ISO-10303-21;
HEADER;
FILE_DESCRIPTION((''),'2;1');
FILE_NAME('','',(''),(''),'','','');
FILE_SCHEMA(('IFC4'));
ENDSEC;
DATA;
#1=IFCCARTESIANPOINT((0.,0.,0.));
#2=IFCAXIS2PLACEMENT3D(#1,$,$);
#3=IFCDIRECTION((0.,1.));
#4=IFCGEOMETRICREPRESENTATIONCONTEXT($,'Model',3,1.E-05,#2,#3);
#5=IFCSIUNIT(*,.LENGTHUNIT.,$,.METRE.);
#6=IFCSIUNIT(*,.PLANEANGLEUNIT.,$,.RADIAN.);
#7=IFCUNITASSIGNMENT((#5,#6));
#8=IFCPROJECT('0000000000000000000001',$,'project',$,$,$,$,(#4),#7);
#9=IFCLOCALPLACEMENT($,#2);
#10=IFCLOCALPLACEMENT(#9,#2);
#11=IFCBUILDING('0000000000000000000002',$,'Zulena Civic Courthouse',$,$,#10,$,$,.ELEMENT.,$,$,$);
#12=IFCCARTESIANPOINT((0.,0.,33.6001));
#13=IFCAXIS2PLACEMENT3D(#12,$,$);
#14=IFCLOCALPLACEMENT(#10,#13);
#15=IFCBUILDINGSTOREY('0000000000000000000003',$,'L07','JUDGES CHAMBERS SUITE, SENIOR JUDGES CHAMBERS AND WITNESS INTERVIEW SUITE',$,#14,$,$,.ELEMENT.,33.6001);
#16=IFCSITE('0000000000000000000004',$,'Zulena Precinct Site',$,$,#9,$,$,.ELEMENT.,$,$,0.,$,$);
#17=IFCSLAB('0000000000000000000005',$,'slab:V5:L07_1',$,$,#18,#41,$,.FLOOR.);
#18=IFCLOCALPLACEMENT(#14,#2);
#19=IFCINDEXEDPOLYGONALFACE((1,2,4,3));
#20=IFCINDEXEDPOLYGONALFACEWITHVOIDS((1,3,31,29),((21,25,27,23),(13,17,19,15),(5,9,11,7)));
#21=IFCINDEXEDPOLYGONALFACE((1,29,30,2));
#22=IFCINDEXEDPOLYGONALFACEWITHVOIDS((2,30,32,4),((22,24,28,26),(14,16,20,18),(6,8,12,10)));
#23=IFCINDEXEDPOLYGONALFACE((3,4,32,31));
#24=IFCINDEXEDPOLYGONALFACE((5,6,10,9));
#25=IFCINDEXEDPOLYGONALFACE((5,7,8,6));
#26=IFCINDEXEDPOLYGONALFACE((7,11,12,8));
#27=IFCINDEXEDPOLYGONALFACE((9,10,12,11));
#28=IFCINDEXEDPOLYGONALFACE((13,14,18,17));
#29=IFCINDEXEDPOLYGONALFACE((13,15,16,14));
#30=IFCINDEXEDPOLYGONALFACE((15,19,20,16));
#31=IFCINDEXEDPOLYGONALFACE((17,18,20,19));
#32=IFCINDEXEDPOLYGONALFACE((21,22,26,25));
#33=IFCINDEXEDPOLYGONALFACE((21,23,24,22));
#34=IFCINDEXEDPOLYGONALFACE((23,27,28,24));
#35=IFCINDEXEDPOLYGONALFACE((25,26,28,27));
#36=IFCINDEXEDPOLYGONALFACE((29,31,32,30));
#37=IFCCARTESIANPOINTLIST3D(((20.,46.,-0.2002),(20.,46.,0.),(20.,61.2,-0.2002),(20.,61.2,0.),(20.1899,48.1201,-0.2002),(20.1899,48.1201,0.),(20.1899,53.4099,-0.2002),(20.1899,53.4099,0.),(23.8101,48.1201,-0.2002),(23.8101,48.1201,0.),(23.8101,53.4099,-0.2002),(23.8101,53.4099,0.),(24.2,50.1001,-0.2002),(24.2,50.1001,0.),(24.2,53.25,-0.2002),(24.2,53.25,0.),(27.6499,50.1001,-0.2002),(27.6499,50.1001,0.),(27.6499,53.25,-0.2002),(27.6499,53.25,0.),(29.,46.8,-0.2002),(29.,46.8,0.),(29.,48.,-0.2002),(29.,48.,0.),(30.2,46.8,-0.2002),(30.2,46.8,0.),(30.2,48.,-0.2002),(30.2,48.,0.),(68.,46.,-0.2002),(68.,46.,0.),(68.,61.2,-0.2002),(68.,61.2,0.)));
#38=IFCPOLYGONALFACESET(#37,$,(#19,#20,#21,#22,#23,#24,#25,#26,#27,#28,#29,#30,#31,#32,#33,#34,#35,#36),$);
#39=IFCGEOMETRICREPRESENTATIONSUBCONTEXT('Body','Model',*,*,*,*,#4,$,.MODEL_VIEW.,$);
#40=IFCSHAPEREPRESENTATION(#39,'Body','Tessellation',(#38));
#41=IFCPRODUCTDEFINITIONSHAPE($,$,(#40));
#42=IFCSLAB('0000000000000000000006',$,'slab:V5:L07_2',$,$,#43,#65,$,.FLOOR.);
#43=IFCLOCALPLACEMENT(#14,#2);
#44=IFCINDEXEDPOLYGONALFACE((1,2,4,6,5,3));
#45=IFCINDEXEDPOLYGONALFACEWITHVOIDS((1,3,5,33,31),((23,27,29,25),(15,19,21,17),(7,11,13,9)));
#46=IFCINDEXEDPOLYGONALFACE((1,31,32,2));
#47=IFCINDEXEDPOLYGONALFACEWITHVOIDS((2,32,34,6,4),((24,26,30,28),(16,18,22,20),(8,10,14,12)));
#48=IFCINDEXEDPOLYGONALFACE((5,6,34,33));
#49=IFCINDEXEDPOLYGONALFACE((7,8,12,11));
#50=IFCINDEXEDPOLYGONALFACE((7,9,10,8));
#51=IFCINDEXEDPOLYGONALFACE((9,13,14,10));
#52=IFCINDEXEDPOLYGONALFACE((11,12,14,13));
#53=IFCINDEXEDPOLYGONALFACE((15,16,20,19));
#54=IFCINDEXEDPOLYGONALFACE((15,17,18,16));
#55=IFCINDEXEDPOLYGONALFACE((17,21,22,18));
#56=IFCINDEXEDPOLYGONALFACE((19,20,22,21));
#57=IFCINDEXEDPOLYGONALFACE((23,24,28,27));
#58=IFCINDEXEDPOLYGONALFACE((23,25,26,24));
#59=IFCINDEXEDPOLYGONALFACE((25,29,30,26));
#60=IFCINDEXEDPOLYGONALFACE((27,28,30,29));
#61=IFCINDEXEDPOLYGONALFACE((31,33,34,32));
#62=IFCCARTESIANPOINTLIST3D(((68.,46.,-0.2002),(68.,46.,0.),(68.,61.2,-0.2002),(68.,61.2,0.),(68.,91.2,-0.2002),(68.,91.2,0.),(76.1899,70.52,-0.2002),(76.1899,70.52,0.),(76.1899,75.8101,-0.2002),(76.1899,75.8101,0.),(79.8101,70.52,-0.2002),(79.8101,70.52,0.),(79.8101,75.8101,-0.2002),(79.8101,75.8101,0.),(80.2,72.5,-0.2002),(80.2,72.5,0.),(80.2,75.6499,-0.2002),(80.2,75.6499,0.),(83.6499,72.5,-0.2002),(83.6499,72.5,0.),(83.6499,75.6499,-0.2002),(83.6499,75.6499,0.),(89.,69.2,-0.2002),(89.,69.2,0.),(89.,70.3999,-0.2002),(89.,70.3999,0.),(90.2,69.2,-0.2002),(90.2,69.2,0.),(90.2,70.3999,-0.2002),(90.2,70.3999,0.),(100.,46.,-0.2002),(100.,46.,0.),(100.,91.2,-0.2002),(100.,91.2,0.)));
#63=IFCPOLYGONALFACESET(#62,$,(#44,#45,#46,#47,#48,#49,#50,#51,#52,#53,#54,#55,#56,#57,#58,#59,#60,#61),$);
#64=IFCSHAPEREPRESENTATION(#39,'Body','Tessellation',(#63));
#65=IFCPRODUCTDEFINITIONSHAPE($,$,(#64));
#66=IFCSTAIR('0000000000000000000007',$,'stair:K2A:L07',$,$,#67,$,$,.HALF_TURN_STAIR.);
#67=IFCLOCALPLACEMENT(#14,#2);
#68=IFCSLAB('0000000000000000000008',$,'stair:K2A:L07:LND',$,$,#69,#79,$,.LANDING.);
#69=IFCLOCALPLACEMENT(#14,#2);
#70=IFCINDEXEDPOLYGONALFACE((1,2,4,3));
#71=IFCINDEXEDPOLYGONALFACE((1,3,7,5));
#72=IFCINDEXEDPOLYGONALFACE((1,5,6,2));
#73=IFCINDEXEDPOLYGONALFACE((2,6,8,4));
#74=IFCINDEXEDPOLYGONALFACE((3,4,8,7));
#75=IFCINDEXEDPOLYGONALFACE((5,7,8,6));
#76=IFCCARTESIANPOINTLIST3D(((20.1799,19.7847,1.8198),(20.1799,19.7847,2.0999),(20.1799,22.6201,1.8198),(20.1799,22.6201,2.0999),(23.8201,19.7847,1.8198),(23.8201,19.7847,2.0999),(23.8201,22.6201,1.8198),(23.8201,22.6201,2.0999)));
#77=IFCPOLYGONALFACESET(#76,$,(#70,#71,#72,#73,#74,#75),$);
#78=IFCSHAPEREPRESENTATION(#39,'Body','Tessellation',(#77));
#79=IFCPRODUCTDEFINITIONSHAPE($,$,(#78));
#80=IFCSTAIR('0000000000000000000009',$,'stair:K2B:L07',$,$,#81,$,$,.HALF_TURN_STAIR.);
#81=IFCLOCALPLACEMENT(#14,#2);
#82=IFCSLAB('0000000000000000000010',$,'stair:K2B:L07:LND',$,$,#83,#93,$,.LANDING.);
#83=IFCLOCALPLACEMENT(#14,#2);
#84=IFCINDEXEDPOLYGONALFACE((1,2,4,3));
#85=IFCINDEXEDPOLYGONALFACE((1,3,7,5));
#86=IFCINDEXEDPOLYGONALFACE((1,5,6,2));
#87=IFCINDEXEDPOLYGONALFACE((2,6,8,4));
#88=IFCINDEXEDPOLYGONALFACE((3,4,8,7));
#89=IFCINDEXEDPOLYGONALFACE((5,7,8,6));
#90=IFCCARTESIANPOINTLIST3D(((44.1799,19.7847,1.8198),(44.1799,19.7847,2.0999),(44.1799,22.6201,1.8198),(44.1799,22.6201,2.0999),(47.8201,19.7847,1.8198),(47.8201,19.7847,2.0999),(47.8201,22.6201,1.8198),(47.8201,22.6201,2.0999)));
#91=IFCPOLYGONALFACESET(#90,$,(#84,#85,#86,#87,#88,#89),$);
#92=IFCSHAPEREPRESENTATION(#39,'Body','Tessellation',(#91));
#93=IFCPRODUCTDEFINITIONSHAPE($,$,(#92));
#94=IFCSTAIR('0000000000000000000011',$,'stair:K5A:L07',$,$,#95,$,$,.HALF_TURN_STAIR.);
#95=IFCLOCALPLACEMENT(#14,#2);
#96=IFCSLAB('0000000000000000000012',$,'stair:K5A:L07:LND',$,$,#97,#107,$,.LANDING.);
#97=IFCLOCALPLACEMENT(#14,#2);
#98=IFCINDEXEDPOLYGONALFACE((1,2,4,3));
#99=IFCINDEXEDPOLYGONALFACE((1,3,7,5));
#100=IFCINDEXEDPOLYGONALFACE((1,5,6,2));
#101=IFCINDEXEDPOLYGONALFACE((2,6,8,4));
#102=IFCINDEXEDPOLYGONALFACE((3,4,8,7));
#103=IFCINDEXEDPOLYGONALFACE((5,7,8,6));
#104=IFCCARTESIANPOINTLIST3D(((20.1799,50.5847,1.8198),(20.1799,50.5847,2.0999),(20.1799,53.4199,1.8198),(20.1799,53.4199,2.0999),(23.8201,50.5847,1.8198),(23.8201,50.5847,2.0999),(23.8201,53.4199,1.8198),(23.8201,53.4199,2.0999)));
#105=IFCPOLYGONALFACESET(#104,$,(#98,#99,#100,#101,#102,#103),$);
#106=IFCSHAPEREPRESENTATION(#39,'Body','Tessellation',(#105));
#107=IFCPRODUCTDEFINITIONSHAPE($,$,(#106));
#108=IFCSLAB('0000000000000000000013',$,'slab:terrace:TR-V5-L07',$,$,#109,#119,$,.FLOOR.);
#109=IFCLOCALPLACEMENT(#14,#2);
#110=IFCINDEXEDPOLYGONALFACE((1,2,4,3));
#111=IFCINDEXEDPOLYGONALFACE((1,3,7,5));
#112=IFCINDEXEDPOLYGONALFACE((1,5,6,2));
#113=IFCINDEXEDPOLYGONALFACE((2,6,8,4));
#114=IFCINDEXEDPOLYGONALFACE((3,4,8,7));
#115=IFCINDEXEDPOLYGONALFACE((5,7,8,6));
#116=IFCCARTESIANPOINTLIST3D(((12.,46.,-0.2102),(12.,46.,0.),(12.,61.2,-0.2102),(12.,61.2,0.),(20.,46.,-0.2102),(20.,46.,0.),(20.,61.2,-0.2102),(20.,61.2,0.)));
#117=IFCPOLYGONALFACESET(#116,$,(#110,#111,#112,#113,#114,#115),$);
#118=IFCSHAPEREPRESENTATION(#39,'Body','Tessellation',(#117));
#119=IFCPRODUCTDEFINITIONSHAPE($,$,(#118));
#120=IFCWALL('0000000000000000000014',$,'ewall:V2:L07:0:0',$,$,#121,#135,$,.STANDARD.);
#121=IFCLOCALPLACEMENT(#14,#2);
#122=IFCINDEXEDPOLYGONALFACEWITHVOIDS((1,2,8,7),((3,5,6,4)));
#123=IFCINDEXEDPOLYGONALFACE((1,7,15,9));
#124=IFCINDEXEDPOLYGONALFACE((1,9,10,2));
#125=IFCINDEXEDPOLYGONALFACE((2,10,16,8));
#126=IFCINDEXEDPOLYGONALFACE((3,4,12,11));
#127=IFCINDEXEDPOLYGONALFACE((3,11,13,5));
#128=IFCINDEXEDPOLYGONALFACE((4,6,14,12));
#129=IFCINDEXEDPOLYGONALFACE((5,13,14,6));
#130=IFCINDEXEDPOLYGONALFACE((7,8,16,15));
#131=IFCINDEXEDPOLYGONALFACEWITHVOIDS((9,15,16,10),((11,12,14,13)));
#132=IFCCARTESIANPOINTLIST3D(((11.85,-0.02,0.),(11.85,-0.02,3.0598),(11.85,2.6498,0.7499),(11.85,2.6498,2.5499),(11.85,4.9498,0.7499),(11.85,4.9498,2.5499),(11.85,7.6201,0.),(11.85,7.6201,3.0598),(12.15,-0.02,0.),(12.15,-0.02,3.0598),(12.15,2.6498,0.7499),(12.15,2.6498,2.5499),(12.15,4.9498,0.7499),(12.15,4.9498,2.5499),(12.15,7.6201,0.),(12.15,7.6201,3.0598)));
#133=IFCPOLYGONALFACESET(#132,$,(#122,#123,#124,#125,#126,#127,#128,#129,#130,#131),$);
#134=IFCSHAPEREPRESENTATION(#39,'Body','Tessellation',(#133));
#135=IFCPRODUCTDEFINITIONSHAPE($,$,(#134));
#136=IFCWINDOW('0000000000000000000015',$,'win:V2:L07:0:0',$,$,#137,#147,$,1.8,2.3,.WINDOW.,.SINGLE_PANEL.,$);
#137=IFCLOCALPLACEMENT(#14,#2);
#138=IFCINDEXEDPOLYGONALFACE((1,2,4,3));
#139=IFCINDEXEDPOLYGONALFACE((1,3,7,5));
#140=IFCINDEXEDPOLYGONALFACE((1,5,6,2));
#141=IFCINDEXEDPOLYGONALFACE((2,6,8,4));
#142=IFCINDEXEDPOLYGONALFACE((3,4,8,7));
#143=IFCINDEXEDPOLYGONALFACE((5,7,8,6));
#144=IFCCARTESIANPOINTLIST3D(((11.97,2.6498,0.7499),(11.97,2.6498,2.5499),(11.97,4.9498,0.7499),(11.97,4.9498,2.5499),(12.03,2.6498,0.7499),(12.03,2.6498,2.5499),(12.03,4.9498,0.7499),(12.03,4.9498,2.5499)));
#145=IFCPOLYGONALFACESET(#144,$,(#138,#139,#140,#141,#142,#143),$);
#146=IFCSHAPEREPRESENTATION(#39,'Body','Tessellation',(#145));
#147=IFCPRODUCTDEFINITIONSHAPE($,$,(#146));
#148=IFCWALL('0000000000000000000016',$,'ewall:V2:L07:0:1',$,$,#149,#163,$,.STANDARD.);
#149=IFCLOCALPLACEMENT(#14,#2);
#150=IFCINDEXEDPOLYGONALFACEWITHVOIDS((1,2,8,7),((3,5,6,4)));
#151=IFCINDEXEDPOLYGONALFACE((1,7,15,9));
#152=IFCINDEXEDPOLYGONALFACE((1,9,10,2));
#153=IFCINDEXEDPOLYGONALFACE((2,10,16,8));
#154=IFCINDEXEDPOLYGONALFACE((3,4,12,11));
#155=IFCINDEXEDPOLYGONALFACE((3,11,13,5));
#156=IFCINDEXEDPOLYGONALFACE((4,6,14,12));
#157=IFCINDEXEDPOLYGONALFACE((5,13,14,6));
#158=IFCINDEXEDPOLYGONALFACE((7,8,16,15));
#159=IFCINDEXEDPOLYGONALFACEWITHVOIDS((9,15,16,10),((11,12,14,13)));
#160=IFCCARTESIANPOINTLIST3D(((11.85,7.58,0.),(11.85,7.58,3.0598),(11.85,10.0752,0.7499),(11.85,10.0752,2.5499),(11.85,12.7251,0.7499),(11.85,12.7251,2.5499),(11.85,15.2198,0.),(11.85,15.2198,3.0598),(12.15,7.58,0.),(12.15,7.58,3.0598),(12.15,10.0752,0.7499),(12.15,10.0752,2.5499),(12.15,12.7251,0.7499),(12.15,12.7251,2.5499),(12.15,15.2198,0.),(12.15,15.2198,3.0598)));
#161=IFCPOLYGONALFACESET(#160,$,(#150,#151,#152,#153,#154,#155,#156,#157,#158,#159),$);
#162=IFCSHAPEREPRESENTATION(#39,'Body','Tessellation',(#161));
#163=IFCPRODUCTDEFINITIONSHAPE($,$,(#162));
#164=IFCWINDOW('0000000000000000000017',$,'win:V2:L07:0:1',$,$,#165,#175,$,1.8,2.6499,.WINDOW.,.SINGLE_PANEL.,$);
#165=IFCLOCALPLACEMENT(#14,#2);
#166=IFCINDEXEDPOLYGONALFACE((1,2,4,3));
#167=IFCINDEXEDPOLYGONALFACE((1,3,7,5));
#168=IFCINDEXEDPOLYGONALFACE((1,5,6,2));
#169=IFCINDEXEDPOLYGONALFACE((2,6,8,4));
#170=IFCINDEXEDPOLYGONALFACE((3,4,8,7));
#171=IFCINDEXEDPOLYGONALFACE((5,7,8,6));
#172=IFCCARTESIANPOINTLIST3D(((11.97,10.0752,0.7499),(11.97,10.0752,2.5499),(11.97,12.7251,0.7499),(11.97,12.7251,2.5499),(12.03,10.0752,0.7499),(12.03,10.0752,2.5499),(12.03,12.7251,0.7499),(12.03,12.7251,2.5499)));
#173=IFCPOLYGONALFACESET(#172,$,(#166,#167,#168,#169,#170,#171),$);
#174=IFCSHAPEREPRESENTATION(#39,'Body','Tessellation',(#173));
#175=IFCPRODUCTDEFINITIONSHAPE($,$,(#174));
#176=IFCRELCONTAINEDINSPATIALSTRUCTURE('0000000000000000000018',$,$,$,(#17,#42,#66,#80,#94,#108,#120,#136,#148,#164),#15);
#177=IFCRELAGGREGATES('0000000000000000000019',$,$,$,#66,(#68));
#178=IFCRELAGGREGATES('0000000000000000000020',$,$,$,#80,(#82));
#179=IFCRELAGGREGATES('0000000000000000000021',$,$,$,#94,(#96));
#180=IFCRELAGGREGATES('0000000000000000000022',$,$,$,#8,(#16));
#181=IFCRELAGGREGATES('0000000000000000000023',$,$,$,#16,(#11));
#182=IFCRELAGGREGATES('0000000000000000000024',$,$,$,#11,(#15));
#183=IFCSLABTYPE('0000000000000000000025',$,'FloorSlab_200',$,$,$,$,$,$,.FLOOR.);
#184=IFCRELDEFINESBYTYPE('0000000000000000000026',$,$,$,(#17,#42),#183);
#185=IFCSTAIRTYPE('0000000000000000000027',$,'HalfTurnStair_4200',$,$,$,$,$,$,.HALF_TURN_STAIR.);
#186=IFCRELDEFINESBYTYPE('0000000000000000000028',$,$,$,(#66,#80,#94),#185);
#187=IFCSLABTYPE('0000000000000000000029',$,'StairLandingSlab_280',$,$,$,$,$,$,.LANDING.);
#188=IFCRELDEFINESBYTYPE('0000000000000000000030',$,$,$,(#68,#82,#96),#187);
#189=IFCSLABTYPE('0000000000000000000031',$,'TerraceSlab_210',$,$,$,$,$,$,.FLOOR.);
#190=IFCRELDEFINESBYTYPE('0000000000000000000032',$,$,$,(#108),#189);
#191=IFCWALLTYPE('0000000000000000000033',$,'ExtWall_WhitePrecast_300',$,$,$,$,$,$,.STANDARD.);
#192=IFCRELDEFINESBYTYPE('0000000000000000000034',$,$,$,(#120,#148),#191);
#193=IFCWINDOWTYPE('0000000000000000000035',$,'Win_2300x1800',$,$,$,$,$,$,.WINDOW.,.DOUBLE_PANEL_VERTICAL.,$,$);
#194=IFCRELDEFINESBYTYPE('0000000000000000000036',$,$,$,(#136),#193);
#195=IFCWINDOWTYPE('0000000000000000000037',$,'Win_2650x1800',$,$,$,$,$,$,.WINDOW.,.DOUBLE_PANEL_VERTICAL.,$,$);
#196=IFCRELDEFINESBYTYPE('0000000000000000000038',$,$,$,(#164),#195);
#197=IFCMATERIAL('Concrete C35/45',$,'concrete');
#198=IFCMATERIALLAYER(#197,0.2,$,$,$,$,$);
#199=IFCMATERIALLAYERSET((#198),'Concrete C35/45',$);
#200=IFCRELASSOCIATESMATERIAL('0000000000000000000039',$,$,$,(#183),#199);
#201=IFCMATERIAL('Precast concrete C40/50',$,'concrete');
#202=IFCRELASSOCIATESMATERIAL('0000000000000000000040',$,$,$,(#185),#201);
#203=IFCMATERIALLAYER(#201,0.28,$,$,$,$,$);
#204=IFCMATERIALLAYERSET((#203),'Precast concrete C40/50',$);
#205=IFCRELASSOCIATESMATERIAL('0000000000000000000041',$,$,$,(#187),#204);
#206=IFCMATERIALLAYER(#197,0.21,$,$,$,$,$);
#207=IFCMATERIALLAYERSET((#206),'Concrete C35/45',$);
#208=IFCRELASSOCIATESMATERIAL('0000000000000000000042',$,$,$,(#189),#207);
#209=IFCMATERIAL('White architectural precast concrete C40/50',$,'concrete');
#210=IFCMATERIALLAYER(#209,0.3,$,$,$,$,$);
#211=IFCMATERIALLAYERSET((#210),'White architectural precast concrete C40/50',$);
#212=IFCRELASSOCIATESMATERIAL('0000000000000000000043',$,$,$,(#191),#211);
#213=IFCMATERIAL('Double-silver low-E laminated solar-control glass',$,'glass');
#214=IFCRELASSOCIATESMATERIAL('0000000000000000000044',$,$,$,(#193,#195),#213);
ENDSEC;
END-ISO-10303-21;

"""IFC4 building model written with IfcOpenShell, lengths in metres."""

from ifc_helpers import new_model, si_unit, direction, frame, frame_2d, origin, place, context, subcontext, project, spatial, polyline, rectangle, outline, extrude, material, layer, layer_set, type_object, element, fill, aggregate, save


model = new_model("IFC4")

# Units and contexts
model_context = context("Model", 3, precision=1e-05, world=origin(), true_north=direction((0.0, 1.0)))
body_context = subcontext(model_context, "Body", "Model", "MODEL_VIEW")
ifc_project = project(units=[si_unit("LENGTHUNIT", "METRE"), si_unit("PLANEANGLEUNIT", "RADIAN")], contexts=[model_context])

# Site, building, storey
site_placement = place(None, origin())
site = spatial("IfcSite", under=ifc_project, at=site_placement, Name="Zulena Precinct Site", CompositionType="ELEMENT", RefElevation=0.0)
building_placement = place(site_placement, origin())
building = spatial("IfcBuilding", under=site, at=building_placement, Name="Zulena Civic Courthouse", CompositionType="ELEMENT")
storey_placement = place(building_placement, frame((0.0, 0.0, 33.6001)))
storey = spatial("IfcBuildingStorey", under=building, at=storey_placement, Name="L07", Description="JUDGES CHAMBERS SUITE, SENIOR JUDGES CHAMBERS AND WITNESS INTERVIEW SUITE", CompositionType="ELEMENT", Elevation=33.6001)

# Slabs
ifc_material_1 = material(Name="Concrete C35/45", Category="concrete")
ifc_layer_1 = layer(ifc_material_1, 0.2)
ifc_layer_set_1 = layer_set([ifc_layer_1], Name="Concrete C35/45")
slab_type_1 = type_object("IfcSlabType", Name="FloorSlab_200", PredefinedType="FLOOR", material=ifc_layer_set_1)
slab_1_placement = place(storey_placement, frame((0.0, 0.0, -0.2002)))
element("IfcSlab", 1, at=slab_1_placement, inside=storey, type_object=slab_type_1, Name="slab:V5:L07_1", PredefinedType="FLOOR", context=body_context, shape_type="SweptSolid", body=[
    extrude(outline(polyline([(20.0, 61.2), (68.0, 61.2), (68.0, 46.0), (20.0, 46.0), (20.0, 61.2)]), holes=[polyline([(20.1899, 53.4099), (20.1899, 48.1201), (23.8101, 48.1201), (23.8101, 53.4099), (20.1899, 53.4099)]), polyline([(27.6499, 53.25), (24.2, 53.25), (24.2, 50.1001), (27.6499, 50.1001), (27.6499, 53.25)]), polyline([(29.0, 48.0), (29.0, 46.8), (30.2, 46.8), (30.2, 48.0), (29.0, 48.0)])]), origin(), (0.0, 0.0, 1.0), 0.2002),
])
slab_2_placement = place(storey_placement, frame((0.0, 0.0, -0.2002)))
element("IfcSlab", 2, at=slab_2_placement, inside=storey, type_object=slab_type_1, Name="slab:V5:L07_2", PredefinedType="FLOOR", context=body_context, shape_type="SweptSolid", body=[
    extrude(outline(polyline([(68.0, 91.2), (100.0, 91.2), (100.0, 46.0), (68.0, 46.0), (68.0, 61.2), (68.0, 91.2)]), holes=[polyline([(79.8101, 70.52), (79.8101, 75.8101), (76.1899, 75.8101), (76.1899, 70.52), (79.8101, 70.52)]), polyline([(80.2, 72.5), (83.6499, 72.5), (83.6499, 75.6499), (80.2, 75.6499), (80.2, 72.5)]), polyline([(90.2, 70.3999), (89.0, 70.3999), (89.0, 69.2), (90.2, 69.2), (90.2, 70.3999)])]), origin(), (0.0, 0.0, 1.0), 0.2002),
])

# Stairs, slabs
ifc_material_2 = material(Name="Precast concrete C40/50", Category="concrete")
stair_type = type_object("IfcStairType", Name="HalfTurnStair_4200", PredefinedType="HALF_TURN_STAIR", material=ifc_material_2)
stair_1_placement = place(storey_placement, origin())
stair_1 = element("IfcStair", 3, at=stair_1_placement, inside=storey, type_object=stair_type, Name="stair:K2A:L07", PredefinedType="HALF_TURN_STAIR")
ifc_layer_2 = layer(ifc_material_2, 0.28)
ifc_layer_set_2 = layer_set([ifc_layer_2], Name="Precast concrete C40/50")
slab_type_2 = type_object("IfcSlabType", Name="StairLandingSlab_280", PredefinedType="LANDING", material=ifc_layer_set_2)
slab_3_placement = place(storey_placement, frame((0.0, 0.0, 1.8198)))
slab_3 = element("IfcSlab", 4, at=slab_3_placement, type_object=slab_type_2, Name="stair:K2A:L07:LND", PredefinedType="LANDING", context=body_context, shape_type="SweptSolid", body=[
    extrude(outline(polyline([(20.1799, 19.7847), (23.8201, 19.7847), (23.8201, 22.6201), (20.1799, 22.6201), (20.1799, 19.7847)])), origin(), (0.0, 0.0, 1.0), 0.28),
])
aggregate(stair_1, [slab_3])
stair_2_placement = place(storey_placement, origin())
stair_2 = element("IfcStair", 5, at=stair_2_placement, inside=storey, type_object=stair_type, Name="stair:K2B:L07", PredefinedType="HALF_TURN_STAIR")
slab_4_placement = place(storey_placement, frame((0.0, 0.0, 1.8198)))
slab_4 = element("IfcSlab", 6, at=slab_4_placement, type_object=slab_type_2, Name="stair:K2B:L07:LND", PredefinedType="LANDING", context=body_context, shape_type="SweptSolid", body=[
    extrude(outline(polyline([(44.1799, 19.7847), (47.8201, 19.7847), (47.8201, 22.6201), (44.1799, 22.6201), (44.1799, 19.7847)])), origin(), (0.0, 0.0, 1.0), 0.28),
])
aggregate(stair_2, [slab_4])
stair_3_placement = place(storey_placement, origin())
stair_3 = element("IfcStair", 7, at=stair_3_placement, inside=storey, type_object=stair_type, Name="stair:K5A:L07", PredefinedType="HALF_TURN_STAIR")
slab_5_placement = place(storey_placement, frame((0.0, 0.0, 1.8198)))
slab_5 = element("IfcSlab", 8, at=slab_5_placement, type_object=slab_type_2, Name="stair:K5A:L07:LND", PredefinedType="LANDING", context=body_context, shape_type="SweptSolid", body=[
    extrude(outline(polyline([(20.1799, 50.5847), (23.8201, 50.5847), (23.8201, 53.4199), (20.1799, 53.4199), (20.1799, 50.5847)])), origin(), (0.0, 0.0, 1.0), 0.28),
])
aggregate(stair_3, [slab_5])

# Slab
ifc_layer_3 = layer(ifc_material_1, 0.21)
ifc_layer_set_3 = layer_set([ifc_layer_3], Name="Concrete C35/45")
slab_type_3 = type_object("IfcSlabType", Name="TerraceSlab_210", PredefinedType="FLOOR", material=ifc_layer_set_3)
slab_6_placement = place(storey_placement, frame((0.0, 0.0, -0.2102)))
element("IfcSlab", 9, at=slab_6_placement, inside=storey, type_object=slab_type_3, Name="slab:terrace:TR-V5-L07", PredefinedType="FLOOR", context=body_context, shape_type="SweptSolid", body=[
    extrude(outline(polyline([(12.0, 46.0), (20.0, 46.0), (20.0, 61.2), (12.0, 61.2), (12.0, 46.0)])), origin(), (0.0, 0.0, 1.0), 0.2102),
])

# Walls, openings, windows
ifc_material_3 = material(Name="White architectural precast concrete C40/50", Category="concrete")
ifc_layer_4 = layer(ifc_material_3, 0.3)
ifc_layer_set_4 = layer_set([ifc_layer_4], Name="White architectural precast concrete C40/50")
wall_type = type_object("IfcWallType", Name="ExtWall_WhitePrecast_300", PredefinedType="STANDARD", material=ifc_layer_set_4)
wall_1_placement = place(storey_placement, frame((12.0, -0.02, 0.0), z_axis=(0.0, 0.0, 1.0), x_axis=(0.0, 1.0, 0.0)))
wall_1 = element("IfcWall", 10, at=wall_1_placement, inside=storey, type_object=wall_type, Name="ewall:V2:L07:0:0", PredefinedType="STANDARD", context=body_context, shape_type="SweptSolid", body=[
    extrude(rectangle(XDim=7.6401, YDim=0.3, at=frame_2d((3.8201, 0.0))), origin(), (0.0, 0.0, 1.0), 3.0598),
])
opening_1_placement = place(wall_1_placement, frame((2.6699, 0.0, 0.75)))
opening_1 = element("IfcOpeningElement", 11, at=opening_1_placement, cuts=wall_1, PredefinedType="OPENING", context=body_context, shape_type="SweptSolid", body=[
    extrude(rectangle(XDim=2.3, YDim=1.8, at=frame_2d((1.1499, 0.8999))), frame((0.0, 0.1599, 0.0), z_axis=(0.0, -1.0, 0.0), x_axis=(1.0, 0.0, 0.0)), (0.0, 0.0, 1.0), 0.3201),
])
ifc_material_4 = material(Name="Double-silver low-E laminated solar-control glass", Category="glass")
window_type_1 = type_object("IfcWindowType", Name="Win_2300x1800", PartitioningType="DOUBLE_PANEL_VERTICAL", PredefinedType="WINDOW", material=ifc_material_4)
window_1_placement = place(opening_1_placement, origin())
window_1 = element("IfcWindow", 12, at=window_1_placement, inside=storey, type_object=window_type_1, Name="win:V2:L07:0:0", OverallHeight=1.8, OverallWidth=2.3, PartitioningType="SINGLE_PANEL", PredefinedType="WINDOW", context=body_context, shape_type="SweptSolid", body=[
    extrude(rectangle(XDim=2.3, YDim=1.8, at=frame_2d((1.1499, 0.8999))), frame((0.0, 0.03, 0.0), z_axis=(0.0, -1.0, 0.0), x_axis=(1.0, 0.0, 0.0)), (0.0, 0.0, 1.0), 0.0601),
])
fill(opening_1, window_1)
wall_2_placement = place(storey_placement, frame((12.0, 7.5801, 0.0), z_axis=(0.0, 0.0, 1.0), x_axis=(0.0, 1.0, 0.0)))
wall_2 = element("IfcWall", 13, at=wall_2_placement, inside=storey, type_object=wall_type, Name="ewall:V2:L07:0:1", PredefinedType="STANDARD", context=body_context, shape_type="SweptSolid", body=[
    extrude(rectangle(XDim=7.6399, YDim=0.3, at=frame_2d((3.8198, 0.0))), origin(), (0.0, 0.0, 1.0), 3.0598),
])
opening_2_placement = place(wall_2_placement, frame((2.4951, 0.0, 0.75)))
opening_2 = element("IfcOpeningElement", 14, at=opening_2_placement, cuts=wall_2, PredefinedType="OPENING", context=body_context, shape_type="SweptSolid", body=[
    extrude(rectangle(XDim=2.6499, YDim=1.8, at=frame_2d((1.325, 0.8999))), frame((0.0, 0.1599, 0.0), z_axis=(0.0, -1.0, 0.0), x_axis=(1.0, 0.0, 0.0)), (0.0, 0.0, 1.0), 0.3201),
])
window_type_2 = type_object("IfcWindowType", Name="Win_2650x1800", PartitioningType="DOUBLE_PANEL_VERTICAL", PredefinedType="WINDOW", material=ifc_material_4)
window_2_placement = place(opening_2_placement, origin())
window_2 = element("IfcWindow", 15, at=window_2_placement, inside=storey, type_object=window_type_2, Name="win:V2:L07:0:1", OverallHeight=1.8, OverallWidth=2.6499, PartitioningType="SINGLE_PANEL", PredefinedType="WINDOW", context=body_context, shape_type="SweptSolid", body=[
    extrude(rectangle(XDim=2.6499, YDim=1.8, at=frame_2d((1.325, 0.8999))), frame((0.0, 0.03, 0.0), z_axis=(0.0, -1.0, 0.0), x_axis=(1.0, 0.0, 0.0)), (0.0, 0.0, 1.0), 0.0601),
])
fill(opening_2, window_2)

save(model, "model.ifc")
